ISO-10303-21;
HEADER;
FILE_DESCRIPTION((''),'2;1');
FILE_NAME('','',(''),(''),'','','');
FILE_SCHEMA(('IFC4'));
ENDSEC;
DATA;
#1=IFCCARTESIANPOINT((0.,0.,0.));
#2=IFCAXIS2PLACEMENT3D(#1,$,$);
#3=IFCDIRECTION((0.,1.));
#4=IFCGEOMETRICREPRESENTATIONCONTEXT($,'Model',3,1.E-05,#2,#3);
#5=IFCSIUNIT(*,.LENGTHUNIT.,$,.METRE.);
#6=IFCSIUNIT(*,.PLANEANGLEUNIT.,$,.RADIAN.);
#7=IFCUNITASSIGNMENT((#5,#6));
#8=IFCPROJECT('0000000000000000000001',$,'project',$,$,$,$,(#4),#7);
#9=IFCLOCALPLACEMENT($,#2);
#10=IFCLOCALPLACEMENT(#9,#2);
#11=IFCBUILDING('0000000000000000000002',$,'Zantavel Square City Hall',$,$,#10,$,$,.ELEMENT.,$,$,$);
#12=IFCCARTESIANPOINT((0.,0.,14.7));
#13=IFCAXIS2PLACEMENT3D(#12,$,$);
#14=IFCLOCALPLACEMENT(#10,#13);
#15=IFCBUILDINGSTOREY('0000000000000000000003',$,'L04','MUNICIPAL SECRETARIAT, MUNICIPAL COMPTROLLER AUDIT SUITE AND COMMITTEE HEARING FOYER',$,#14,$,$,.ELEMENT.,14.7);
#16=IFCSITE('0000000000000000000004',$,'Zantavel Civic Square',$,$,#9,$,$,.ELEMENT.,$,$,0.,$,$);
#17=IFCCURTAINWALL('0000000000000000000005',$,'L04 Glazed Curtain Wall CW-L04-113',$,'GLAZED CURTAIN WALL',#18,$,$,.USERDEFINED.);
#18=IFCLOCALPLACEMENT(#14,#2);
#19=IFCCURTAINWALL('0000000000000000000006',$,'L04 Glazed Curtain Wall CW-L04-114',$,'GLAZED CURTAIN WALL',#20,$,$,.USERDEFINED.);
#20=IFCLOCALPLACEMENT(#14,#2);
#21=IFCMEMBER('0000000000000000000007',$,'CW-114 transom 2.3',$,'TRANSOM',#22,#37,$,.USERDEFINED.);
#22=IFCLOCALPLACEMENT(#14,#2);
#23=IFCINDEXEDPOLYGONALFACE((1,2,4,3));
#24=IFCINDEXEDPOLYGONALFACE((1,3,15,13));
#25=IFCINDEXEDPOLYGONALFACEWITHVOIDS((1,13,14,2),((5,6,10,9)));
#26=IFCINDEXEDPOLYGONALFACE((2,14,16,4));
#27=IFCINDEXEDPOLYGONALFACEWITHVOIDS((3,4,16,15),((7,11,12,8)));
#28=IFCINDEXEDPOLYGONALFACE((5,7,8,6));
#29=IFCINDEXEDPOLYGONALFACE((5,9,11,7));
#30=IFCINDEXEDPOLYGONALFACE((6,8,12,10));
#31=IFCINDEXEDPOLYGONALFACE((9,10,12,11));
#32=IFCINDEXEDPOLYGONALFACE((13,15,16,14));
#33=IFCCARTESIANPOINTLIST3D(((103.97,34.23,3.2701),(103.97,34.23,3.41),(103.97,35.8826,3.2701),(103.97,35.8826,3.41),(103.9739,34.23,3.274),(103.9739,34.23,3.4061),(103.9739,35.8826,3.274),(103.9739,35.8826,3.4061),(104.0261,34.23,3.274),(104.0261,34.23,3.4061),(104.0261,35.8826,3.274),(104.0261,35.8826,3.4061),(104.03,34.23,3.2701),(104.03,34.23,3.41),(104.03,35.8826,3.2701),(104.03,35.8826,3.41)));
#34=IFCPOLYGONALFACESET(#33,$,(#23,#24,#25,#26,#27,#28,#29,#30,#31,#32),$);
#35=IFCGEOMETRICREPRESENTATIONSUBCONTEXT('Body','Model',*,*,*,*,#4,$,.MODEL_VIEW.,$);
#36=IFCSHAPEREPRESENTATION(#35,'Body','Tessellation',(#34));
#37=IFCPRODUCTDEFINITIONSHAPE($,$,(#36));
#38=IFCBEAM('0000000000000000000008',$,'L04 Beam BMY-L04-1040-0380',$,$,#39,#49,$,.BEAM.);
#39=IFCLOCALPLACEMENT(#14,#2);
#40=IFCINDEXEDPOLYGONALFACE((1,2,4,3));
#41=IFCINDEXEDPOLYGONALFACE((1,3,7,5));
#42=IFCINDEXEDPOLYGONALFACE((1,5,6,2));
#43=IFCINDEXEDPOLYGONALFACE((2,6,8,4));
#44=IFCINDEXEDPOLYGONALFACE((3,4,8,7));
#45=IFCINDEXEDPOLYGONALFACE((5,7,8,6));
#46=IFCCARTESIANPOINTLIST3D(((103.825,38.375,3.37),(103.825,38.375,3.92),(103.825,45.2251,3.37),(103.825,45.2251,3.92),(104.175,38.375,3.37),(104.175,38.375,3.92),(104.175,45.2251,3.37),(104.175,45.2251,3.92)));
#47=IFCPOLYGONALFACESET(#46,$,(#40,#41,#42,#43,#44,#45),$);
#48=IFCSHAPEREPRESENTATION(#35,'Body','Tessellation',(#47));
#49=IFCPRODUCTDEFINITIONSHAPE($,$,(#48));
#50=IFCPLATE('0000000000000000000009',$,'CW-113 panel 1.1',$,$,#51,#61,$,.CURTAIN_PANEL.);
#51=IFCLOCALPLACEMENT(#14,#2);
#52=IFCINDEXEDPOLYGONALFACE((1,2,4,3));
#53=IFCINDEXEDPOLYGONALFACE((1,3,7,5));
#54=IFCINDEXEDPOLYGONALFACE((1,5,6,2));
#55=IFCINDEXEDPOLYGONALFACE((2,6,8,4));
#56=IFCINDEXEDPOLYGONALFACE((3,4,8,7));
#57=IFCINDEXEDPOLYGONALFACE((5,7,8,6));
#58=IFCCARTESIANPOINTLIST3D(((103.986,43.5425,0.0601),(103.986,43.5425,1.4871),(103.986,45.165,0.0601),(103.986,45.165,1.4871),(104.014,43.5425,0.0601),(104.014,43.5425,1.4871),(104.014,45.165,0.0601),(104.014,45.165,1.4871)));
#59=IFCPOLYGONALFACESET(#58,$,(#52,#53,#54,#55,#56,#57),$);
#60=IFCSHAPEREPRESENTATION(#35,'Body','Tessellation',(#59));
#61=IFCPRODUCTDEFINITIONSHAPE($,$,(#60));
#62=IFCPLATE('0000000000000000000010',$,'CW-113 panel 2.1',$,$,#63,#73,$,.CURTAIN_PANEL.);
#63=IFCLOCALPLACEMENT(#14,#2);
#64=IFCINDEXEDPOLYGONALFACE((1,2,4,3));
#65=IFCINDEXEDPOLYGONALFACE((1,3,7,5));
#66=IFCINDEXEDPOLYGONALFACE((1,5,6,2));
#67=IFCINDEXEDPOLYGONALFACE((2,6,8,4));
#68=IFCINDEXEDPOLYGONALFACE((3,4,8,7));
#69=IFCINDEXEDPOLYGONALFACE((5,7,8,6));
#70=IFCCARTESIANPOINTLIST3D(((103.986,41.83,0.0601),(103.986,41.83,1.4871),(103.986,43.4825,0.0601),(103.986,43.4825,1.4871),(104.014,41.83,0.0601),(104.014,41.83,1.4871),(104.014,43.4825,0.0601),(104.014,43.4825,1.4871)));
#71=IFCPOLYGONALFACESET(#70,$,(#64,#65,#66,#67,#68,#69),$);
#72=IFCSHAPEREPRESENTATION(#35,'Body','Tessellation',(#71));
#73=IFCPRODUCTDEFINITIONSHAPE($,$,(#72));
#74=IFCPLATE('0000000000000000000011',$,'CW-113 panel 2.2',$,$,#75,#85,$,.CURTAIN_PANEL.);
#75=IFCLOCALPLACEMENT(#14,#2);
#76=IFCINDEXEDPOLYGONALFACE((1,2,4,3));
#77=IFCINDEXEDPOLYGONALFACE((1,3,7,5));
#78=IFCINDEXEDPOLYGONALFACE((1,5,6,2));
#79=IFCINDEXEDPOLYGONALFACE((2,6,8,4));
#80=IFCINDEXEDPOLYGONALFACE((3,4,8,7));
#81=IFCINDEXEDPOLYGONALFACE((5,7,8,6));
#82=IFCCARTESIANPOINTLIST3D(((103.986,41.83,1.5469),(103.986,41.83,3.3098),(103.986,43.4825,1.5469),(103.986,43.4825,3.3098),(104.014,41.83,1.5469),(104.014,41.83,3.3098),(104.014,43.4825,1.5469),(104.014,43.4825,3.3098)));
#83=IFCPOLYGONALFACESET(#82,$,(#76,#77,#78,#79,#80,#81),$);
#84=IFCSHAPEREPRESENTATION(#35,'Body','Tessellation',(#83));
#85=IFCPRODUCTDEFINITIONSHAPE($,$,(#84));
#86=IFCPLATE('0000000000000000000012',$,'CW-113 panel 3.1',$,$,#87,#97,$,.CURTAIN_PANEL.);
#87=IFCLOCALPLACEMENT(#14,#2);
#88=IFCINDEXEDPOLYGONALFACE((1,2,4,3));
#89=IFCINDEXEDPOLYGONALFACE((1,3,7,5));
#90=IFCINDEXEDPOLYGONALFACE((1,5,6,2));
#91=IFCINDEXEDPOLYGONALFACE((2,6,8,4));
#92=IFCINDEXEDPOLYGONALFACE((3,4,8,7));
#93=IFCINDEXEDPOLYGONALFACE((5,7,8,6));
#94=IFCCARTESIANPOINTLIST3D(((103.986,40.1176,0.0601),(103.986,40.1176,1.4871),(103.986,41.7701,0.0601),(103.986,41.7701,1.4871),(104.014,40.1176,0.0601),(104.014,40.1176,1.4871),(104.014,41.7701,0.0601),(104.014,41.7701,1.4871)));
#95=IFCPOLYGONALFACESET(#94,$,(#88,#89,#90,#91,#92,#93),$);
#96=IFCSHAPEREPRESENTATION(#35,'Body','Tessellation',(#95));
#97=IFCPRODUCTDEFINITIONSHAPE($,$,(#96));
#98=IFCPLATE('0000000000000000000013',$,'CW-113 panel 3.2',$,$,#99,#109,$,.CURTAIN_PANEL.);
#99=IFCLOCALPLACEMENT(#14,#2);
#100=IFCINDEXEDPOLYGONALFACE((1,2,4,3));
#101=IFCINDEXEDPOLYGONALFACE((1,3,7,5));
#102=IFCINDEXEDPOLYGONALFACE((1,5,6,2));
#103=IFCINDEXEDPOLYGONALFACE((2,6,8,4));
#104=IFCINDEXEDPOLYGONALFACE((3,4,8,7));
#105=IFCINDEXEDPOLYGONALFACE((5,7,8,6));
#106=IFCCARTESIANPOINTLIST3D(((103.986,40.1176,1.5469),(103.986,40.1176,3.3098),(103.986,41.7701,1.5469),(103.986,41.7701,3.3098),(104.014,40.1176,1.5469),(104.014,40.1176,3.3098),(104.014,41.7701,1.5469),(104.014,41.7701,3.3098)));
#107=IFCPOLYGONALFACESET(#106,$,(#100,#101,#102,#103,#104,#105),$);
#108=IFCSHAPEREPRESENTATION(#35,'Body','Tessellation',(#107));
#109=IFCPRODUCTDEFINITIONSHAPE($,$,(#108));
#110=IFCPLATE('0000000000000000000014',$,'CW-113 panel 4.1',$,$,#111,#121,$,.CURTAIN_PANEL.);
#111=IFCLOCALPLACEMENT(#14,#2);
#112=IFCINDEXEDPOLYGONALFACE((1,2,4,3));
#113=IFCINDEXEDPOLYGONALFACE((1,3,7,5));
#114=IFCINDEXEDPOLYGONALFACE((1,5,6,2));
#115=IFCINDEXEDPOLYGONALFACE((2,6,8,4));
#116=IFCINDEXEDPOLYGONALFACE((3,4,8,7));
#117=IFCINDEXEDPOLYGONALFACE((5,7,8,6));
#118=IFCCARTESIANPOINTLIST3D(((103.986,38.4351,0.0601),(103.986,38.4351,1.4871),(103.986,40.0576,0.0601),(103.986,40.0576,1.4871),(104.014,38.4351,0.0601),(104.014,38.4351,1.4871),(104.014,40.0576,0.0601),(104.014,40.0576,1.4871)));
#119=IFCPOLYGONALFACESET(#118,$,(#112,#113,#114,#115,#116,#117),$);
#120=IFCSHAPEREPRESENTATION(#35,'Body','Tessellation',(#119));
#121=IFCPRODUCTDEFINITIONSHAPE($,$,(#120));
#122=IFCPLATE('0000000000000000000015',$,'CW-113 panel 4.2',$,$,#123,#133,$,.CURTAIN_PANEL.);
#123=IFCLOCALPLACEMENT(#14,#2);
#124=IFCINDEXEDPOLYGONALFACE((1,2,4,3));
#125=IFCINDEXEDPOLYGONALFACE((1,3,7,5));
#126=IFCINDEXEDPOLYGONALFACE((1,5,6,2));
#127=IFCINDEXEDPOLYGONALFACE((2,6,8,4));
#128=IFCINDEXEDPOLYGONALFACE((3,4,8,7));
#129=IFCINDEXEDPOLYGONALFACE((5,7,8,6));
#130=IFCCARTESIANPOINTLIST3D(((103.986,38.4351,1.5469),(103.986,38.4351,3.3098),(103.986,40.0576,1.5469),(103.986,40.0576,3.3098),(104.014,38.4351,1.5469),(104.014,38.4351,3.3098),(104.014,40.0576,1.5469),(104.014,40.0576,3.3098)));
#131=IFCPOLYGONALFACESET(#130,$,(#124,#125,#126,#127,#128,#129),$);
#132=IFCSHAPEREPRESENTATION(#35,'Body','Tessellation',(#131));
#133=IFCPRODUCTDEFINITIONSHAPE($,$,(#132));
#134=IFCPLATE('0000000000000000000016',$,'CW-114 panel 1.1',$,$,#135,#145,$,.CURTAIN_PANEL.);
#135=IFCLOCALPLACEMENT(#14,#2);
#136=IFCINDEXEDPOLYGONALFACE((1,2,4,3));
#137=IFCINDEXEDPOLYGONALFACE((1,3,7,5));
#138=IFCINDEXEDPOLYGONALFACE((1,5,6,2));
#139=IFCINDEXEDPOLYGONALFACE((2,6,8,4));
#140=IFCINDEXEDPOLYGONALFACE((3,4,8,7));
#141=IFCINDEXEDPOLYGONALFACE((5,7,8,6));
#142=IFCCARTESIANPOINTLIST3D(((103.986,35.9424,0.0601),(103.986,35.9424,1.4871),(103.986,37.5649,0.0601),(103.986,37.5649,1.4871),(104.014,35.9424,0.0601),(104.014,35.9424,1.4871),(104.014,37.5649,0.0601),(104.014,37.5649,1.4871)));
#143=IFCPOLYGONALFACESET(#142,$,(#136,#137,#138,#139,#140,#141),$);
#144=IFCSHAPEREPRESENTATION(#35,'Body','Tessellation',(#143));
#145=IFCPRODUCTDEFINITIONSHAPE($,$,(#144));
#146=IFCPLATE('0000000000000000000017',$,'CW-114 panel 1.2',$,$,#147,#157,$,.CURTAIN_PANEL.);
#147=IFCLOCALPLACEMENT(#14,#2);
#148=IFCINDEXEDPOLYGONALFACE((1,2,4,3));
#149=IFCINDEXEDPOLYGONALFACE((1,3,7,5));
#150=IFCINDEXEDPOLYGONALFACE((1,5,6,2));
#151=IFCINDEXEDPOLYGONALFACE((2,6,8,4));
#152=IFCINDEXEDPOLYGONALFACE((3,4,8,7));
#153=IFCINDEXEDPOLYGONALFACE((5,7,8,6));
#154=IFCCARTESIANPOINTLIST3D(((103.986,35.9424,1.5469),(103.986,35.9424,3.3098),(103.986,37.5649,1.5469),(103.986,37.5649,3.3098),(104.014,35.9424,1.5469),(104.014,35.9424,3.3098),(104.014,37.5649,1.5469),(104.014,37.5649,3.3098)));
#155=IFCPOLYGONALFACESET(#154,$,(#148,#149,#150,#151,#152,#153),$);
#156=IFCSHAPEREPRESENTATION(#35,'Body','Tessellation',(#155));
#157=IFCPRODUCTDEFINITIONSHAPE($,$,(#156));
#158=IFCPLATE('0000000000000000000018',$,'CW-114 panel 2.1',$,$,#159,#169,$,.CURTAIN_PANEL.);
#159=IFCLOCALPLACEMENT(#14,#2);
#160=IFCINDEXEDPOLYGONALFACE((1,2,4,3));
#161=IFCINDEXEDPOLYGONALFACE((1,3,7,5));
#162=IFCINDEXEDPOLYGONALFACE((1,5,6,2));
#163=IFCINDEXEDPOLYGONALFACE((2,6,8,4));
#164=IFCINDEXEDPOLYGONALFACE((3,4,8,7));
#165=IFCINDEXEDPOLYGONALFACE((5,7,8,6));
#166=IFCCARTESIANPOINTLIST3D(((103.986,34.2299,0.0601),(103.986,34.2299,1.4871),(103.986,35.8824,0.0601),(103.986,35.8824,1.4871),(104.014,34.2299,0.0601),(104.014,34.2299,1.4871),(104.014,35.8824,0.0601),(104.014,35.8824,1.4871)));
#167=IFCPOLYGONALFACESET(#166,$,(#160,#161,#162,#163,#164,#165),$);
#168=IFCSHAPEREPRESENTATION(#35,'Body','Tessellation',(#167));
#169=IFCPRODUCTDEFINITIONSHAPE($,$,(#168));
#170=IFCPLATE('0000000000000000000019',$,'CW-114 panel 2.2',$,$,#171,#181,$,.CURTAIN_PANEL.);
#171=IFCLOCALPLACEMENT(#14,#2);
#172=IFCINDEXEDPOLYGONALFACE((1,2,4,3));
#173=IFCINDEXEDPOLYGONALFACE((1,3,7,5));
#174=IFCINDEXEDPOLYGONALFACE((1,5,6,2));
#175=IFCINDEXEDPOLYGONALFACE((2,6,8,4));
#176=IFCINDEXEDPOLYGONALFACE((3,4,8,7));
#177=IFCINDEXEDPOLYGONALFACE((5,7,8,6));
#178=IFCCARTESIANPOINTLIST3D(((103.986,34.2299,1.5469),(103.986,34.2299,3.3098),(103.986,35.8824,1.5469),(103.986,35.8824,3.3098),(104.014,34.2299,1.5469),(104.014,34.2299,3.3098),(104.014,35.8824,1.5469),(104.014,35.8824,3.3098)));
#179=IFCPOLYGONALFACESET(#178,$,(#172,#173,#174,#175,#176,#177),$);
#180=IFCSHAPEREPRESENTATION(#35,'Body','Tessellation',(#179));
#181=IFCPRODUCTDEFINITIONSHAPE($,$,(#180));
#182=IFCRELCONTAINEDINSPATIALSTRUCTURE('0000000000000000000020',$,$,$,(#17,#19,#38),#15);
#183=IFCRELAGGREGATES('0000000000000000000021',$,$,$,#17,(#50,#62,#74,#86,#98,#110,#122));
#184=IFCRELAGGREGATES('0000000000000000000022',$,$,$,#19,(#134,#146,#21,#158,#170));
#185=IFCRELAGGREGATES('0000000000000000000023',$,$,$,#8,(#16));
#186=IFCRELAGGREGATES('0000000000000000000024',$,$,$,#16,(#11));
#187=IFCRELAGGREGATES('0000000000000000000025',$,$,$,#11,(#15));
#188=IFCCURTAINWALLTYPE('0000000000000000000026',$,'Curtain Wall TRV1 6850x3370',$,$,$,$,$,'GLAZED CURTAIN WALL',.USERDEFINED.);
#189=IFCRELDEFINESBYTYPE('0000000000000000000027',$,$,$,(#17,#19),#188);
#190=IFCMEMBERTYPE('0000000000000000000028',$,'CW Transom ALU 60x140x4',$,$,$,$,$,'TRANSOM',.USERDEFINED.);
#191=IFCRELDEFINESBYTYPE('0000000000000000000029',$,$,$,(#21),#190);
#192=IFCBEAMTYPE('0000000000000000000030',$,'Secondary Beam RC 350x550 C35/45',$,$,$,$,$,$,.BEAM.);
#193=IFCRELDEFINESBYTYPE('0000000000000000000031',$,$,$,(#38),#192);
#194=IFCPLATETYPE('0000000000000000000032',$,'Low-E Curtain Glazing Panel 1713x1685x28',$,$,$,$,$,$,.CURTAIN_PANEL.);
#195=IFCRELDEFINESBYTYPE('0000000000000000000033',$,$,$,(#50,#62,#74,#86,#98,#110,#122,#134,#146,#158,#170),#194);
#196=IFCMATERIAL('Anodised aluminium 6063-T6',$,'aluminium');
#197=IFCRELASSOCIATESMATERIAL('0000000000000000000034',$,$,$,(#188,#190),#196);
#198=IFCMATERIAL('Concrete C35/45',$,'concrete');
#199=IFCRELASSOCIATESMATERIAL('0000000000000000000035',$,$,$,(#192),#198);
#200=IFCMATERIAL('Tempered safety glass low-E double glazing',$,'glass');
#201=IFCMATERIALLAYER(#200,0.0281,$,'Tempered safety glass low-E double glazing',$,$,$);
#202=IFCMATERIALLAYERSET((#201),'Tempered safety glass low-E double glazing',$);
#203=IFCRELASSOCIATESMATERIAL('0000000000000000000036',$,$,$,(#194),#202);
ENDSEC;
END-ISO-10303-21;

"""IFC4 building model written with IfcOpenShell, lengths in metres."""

from ifc_helpers import new_model, si_unit, direction, frame, origin, origin_2d, place, context, subcontext, project, spatial, rectangle, hollow_rectangle, extrude, material, layer, layer_set, material_profile, profile_set, type_object, element, aggregate, save


model = new_model("IFC4")

# Units and contexts
model_context = context("Model", 3, precision=1e-05, world=origin(), true_north=direction((0.0, 1.0)))
body_context = subcontext(model_context, "Body", "Model", "MODEL_VIEW")
ifc_project = project(units=[si_unit("LENGTHUNIT", "METRE"), si_unit("PLANEANGLEUNIT", "RADIAN")], contexts=[model_context])

# Site, building, storey
site_placement = place(None, origin())
site = spatial("IfcSite", under=ifc_project, at=site_placement, Name="Zantavel Civic Square", CompositionType="ELEMENT", RefElevation=0.0)
building_placement = place(site_placement, origin())
building = spatial("IfcBuilding", under=site, at=building_placement, Name="Zantavel Square City Hall", CompositionType="ELEMENT")
storey_placement = place(building_placement, frame((0.0, 0.0, 14.7)))
storey = spatial("IfcBuildingStorey", under=building, at=storey_placement, Name="L04", Description="MUNICIPAL SECRETARIAT, MUNICIPAL COMPTROLLER AUDIT SUITE AND COMMITTEE HEARING FOYER", CompositionType="ELEMENT", Elevation=14.7)

# Curtain walls
ifc_material_1 = material(Name="Anodised aluminium 6063-T6", Category="aluminium")
curtain_wall_type = type_object("IfcCurtainWallType", Name="Curtain Wall TRV1 6850x3370", ElementType="GLAZED CURTAIN WALL", PredefinedType="USERDEFINED", material=ifc_material_1)
curtain_wall_1_placement = place(storey_placement, origin())
curtain_wall_1 = element("IfcCurtainWall", 1, at=curtain_wall_1_placement, inside=storey, type_object=curtain_wall_type, Name="L04 Glazed Curtain Wall CW-L04-113", ObjectType="GLAZED CURTAIN WALL", PredefinedType="USERDEFINED")
curtain_wall_2_placement = place(storey_placement, origin())
curtain_wall_2 = element("IfcCurtainWall", 2, at=curtain_wall_2_placement, inside=storey, type_object=curtain_wall_type, Name="L04 Glazed Curtain Wall CW-L04-114", ObjectType="GLAZED CURTAIN WALL", PredefinedType="USERDEFINED")

# Member
ifc_material_profile_1 = material_profile(ifc_material_1, hollow_rectangle(XDim=0.0601, YDim=0.1399, WallThickness=0.0039, at=origin_2d()), Name="ALU 60x140x4")
ifc_profile_set_1 = profile_set([ifc_material_profile_1], Name="Anodised aluminium 6063-T6")
member_type_1 = type_object("IfcMemberType", Name="CW Transom ALU 60x140x4", ElementType="TRANSOM", PredefinedType="USERDEFINED", material=ifc_profile_set_1)
member_1_placement = place(storey_placement, frame((104.0, 35.8826, 3.3401), z_axis=(0.0, -1.0, 0.0), x_axis=(1.0, 0.0, 0.0)))
member_1 = element("IfcMember", 3, at=member_1_placement, type_object=member_type_1, Name="CW-114 transom 2.3", ObjectType="TRANSOM", PredefinedType="USERDEFINED", context=body_context, shape_type="SweptSolid", body=[
    extrude(hollow_rectangle(XDim=0.0601, YDim=0.1399, WallThickness=0.0039, at=origin_2d()), origin(), (0.0, 0.0, 1.0), 1.6526),
])

# Beam
ifc_material_2 = material(Name="Concrete C35/45", Category="concrete")
ifc_material_profile_2 = material_profile(ifc_material_2, rectangle(XDim=0.3501, YDim=0.55, at=origin_2d()), Name="RC 350x550")
ifc_profile_set_2 = profile_set([ifc_material_profile_2], Name="Concrete C35/45")
beam_type = type_object("IfcBeamType", Name="Secondary Beam RC 350x550 C35/45", PredefinedType="BEAM", material=ifc_profile_set_2)
beam_placement = place(storey_placement, frame((104.0, 38.375, 3.645), z_axis=(0.0, 1.0, 0.0), x_axis=(-1.0, 0.0, 0.0)))
element("IfcBeam", 4, at=beam_placement, inside=storey, type_object=beam_type, Name="L04 Beam BMY-L04-1040-0380", PredefinedType="BEAM", context=body_context, shape_type="SweptSolid", body=[
    extrude(rectangle(XDim=0.3501, YDim=0.55, at=origin_2d()), origin(), (0.0, 0.0, 1.0), 6.8501),
])

# Plates
ifc_material_3 = material(Name="Tempered safety glass low-E double glazing", Category="glass")
ifc_layer = layer(ifc_material_3, 0.0281, Name="Tempered safety glass low-E double glazing")
ifc_layer_set = layer_set([ifc_layer], Name="Tempered safety glass low-E double glazing")
plate_type = type_object("IfcPlateType", Name="Low-E Curtain Glazing Panel 1713x1685x28", PredefinedType="CURTAIN_PANEL", material=ifc_layer_set)
plate_1_placement = place(storey_placement, frame((104.0, 44.3538, 0.0601), z_axis=(0.0, 0.0, 1.0), x_axis=(0.0, -1.0, 0.0)))
plate_1 = element("IfcPlate", 5, at=plate_1_placement, type_object=plate_type, Name="CW-113 panel 1.1", PredefinedType="CURTAIN_PANEL", context=body_context, shape_type="SweptSolid", body=[
    extrude(rectangle(XDim=1.6226, YDim=0.0281, at=origin_2d()), origin(), (0.0, 0.0, 1.0), 1.427),
])
plate_2_placement = place(storey_placement, frame((104.0, 42.6562, 0.0601), z_axis=(0.0, 0.0, 1.0), x_axis=(0.0, -1.0, 0.0)))
plate_2 = element("IfcPlate", 6, at=plate_2_placement, type_object=plate_type, Name="CW-113 panel 2.1", PredefinedType="CURTAIN_PANEL", context=body_context, shape_type="SweptSolid", body=[
    extrude(rectangle(XDim=1.6526, YDim=0.0281, at=origin_2d()), origin(), (0.0, 0.0, 1.0), 1.427),
])
plate_3_placement = place(storey_placement, frame((104.0, 42.6562, 1.5469), z_axis=(0.0, 0.0, 1.0), x_axis=(0.0, -1.0, 0.0)))
plate_3 = element("IfcPlate", 7, at=plate_3_placement, type_object=plate_type, Name="CW-113 panel 2.2", PredefinedType="CURTAIN_PANEL", context=body_context, shape_type="SweptSolid", body=[
    extrude(rectangle(XDim=1.6526, YDim=0.0281, at=origin_2d()), origin(), (0.0, 0.0, 1.0), 1.7629),
])
plate_4_placement = place(storey_placement, frame((104.0, 40.9438, 0.0601), z_axis=(0.0, 0.0, 1.0), x_axis=(0.0, -1.0, 0.0)))
plate_4 = element("IfcPlate", 8, at=plate_4_placement, type_object=plate_type, Name="CW-113 panel 3.1", PredefinedType="CURTAIN_PANEL", context=body_context, shape_type="SweptSolid", body=[
    extrude(rectangle(XDim=1.6526, YDim=0.0281, at=origin_2d()), origin(), (0.0, 0.0, 1.0), 1.427),
])
plate_5_placement = place(storey_placement, frame((104.0, 40.9438, 1.5469), z_axis=(0.0, 0.0, 1.0), x_axis=(0.0, -1.0, 0.0)))
plate_5 = element("IfcPlate", 9, at=plate_5_placement, type_object=plate_type, Name="CW-113 panel 3.2", PredefinedType="CURTAIN_PANEL", context=body_context, shape_type="SweptSolid", body=[
    extrude(rectangle(XDim=1.6526, YDim=0.0281, at=origin_2d()), origin(), (0.0, 0.0, 1.0), 1.7629),
])
plate_6_placement = place(storey_placement, frame((104.0, 39.2463, 0.0601), z_axis=(0.0, 0.0, 1.0), x_axis=(0.0, -1.0, 0.0)))
plate_6 = element("IfcPlate", 10, at=plate_6_placement, type_object=plate_type, Name="CW-113 panel 4.1", PredefinedType="CURTAIN_PANEL", context=body_context, shape_type="SweptSolid", body=[
    extrude(rectangle(XDim=1.6226, YDim=0.0281, at=origin_2d()), origin(), (0.0, 0.0, 1.0), 1.427),
])
plate_7_placement = place(storey_placement, frame((104.0, 39.2463, 1.5469), z_axis=(0.0, 0.0, 1.0), x_axis=(0.0, -1.0, 0.0)))
plate_7 = element("IfcPlate", 11, at=plate_7_placement, type_object=plate_type, Name="CW-113 panel 4.2", PredefinedType="CURTAIN_PANEL", context=body_context, shape_type="SweptSolid", body=[
    extrude(rectangle(XDim=1.6226, YDim=0.0281, at=origin_2d()), origin(), (0.0, 0.0, 1.0), 1.7629),
])
aggregate(curtain_wall_1, [plate_1, plate_2, plate_3, plate_4, plate_5, plate_6, plate_7])
plate_8_placement = place(storey_placement, frame((104.0, 36.7537, 0.0601), z_axis=(0.0, 0.0, 1.0), x_axis=(0.0, -1.0, 0.0)))
plate_8 = element("IfcPlate", 12, at=plate_8_placement, type_object=plate_type, Name="CW-114 panel 1.1", PredefinedType="CURTAIN_PANEL", context=body_context, shape_type="SweptSolid", body=[
    extrude(rectangle(XDim=1.6226, YDim=0.0281, at=origin_2d()), origin(), (0.0, 0.0, 1.0), 1.427),
])
plate_9_placement = place(storey_placement, frame((104.0, 36.7537, 1.5469), z_axis=(0.0, 0.0, 1.0), x_axis=(0.0, -1.0, 0.0)))
plate_9 = element("IfcPlate", 13, at=plate_9_placement, type_object=plate_type, Name="CW-114 panel 1.2", PredefinedType="CURTAIN_PANEL", context=body_context, shape_type="SweptSolid", body=[
    extrude(rectangle(XDim=1.6226, YDim=0.0281, at=origin_2d()), origin(), (0.0, 0.0, 1.0), 1.7629),
])
plate_10_placement = place(storey_placement, frame((104.0, 35.0562, 0.0601), z_axis=(0.0, 0.0, 1.0), x_axis=(0.0, -1.0, 0.0)))
plate_10 = element("IfcPlate", 14, at=plate_10_placement, type_object=plate_type, Name="CW-114 panel 2.1", PredefinedType="CURTAIN_PANEL", context=body_context, shape_type="SweptSolid", body=[
    extrude(rectangle(XDim=1.6526, YDim=0.0281, at=origin_2d()), origin(), (0.0, 0.0, 1.0), 1.427),
])
plate_11_placement = place(storey_placement, frame((104.0, 35.0562, 1.5469), z_axis=(0.0, 0.0, 1.0), x_axis=(0.0, -1.0, 0.0)))
plate_11 = element("IfcPlate", 15, at=plate_11_placement, type_object=plate_type, Name="CW-114 panel 2.2", PredefinedType="CURTAIN_PANEL", context=body_context, shape_type="SweptSolid", body=[
    extrude(rectangle(XDim=1.6526, YDim=0.0281, at=origin_2d()), origin(), (0.0, 0.0, 1.0), 1.7629),
])
aggregate(curtain_wall_2, [plate_8, plate_9, member_1, plate_10, plate_11])

save(model, "model.ifc")
